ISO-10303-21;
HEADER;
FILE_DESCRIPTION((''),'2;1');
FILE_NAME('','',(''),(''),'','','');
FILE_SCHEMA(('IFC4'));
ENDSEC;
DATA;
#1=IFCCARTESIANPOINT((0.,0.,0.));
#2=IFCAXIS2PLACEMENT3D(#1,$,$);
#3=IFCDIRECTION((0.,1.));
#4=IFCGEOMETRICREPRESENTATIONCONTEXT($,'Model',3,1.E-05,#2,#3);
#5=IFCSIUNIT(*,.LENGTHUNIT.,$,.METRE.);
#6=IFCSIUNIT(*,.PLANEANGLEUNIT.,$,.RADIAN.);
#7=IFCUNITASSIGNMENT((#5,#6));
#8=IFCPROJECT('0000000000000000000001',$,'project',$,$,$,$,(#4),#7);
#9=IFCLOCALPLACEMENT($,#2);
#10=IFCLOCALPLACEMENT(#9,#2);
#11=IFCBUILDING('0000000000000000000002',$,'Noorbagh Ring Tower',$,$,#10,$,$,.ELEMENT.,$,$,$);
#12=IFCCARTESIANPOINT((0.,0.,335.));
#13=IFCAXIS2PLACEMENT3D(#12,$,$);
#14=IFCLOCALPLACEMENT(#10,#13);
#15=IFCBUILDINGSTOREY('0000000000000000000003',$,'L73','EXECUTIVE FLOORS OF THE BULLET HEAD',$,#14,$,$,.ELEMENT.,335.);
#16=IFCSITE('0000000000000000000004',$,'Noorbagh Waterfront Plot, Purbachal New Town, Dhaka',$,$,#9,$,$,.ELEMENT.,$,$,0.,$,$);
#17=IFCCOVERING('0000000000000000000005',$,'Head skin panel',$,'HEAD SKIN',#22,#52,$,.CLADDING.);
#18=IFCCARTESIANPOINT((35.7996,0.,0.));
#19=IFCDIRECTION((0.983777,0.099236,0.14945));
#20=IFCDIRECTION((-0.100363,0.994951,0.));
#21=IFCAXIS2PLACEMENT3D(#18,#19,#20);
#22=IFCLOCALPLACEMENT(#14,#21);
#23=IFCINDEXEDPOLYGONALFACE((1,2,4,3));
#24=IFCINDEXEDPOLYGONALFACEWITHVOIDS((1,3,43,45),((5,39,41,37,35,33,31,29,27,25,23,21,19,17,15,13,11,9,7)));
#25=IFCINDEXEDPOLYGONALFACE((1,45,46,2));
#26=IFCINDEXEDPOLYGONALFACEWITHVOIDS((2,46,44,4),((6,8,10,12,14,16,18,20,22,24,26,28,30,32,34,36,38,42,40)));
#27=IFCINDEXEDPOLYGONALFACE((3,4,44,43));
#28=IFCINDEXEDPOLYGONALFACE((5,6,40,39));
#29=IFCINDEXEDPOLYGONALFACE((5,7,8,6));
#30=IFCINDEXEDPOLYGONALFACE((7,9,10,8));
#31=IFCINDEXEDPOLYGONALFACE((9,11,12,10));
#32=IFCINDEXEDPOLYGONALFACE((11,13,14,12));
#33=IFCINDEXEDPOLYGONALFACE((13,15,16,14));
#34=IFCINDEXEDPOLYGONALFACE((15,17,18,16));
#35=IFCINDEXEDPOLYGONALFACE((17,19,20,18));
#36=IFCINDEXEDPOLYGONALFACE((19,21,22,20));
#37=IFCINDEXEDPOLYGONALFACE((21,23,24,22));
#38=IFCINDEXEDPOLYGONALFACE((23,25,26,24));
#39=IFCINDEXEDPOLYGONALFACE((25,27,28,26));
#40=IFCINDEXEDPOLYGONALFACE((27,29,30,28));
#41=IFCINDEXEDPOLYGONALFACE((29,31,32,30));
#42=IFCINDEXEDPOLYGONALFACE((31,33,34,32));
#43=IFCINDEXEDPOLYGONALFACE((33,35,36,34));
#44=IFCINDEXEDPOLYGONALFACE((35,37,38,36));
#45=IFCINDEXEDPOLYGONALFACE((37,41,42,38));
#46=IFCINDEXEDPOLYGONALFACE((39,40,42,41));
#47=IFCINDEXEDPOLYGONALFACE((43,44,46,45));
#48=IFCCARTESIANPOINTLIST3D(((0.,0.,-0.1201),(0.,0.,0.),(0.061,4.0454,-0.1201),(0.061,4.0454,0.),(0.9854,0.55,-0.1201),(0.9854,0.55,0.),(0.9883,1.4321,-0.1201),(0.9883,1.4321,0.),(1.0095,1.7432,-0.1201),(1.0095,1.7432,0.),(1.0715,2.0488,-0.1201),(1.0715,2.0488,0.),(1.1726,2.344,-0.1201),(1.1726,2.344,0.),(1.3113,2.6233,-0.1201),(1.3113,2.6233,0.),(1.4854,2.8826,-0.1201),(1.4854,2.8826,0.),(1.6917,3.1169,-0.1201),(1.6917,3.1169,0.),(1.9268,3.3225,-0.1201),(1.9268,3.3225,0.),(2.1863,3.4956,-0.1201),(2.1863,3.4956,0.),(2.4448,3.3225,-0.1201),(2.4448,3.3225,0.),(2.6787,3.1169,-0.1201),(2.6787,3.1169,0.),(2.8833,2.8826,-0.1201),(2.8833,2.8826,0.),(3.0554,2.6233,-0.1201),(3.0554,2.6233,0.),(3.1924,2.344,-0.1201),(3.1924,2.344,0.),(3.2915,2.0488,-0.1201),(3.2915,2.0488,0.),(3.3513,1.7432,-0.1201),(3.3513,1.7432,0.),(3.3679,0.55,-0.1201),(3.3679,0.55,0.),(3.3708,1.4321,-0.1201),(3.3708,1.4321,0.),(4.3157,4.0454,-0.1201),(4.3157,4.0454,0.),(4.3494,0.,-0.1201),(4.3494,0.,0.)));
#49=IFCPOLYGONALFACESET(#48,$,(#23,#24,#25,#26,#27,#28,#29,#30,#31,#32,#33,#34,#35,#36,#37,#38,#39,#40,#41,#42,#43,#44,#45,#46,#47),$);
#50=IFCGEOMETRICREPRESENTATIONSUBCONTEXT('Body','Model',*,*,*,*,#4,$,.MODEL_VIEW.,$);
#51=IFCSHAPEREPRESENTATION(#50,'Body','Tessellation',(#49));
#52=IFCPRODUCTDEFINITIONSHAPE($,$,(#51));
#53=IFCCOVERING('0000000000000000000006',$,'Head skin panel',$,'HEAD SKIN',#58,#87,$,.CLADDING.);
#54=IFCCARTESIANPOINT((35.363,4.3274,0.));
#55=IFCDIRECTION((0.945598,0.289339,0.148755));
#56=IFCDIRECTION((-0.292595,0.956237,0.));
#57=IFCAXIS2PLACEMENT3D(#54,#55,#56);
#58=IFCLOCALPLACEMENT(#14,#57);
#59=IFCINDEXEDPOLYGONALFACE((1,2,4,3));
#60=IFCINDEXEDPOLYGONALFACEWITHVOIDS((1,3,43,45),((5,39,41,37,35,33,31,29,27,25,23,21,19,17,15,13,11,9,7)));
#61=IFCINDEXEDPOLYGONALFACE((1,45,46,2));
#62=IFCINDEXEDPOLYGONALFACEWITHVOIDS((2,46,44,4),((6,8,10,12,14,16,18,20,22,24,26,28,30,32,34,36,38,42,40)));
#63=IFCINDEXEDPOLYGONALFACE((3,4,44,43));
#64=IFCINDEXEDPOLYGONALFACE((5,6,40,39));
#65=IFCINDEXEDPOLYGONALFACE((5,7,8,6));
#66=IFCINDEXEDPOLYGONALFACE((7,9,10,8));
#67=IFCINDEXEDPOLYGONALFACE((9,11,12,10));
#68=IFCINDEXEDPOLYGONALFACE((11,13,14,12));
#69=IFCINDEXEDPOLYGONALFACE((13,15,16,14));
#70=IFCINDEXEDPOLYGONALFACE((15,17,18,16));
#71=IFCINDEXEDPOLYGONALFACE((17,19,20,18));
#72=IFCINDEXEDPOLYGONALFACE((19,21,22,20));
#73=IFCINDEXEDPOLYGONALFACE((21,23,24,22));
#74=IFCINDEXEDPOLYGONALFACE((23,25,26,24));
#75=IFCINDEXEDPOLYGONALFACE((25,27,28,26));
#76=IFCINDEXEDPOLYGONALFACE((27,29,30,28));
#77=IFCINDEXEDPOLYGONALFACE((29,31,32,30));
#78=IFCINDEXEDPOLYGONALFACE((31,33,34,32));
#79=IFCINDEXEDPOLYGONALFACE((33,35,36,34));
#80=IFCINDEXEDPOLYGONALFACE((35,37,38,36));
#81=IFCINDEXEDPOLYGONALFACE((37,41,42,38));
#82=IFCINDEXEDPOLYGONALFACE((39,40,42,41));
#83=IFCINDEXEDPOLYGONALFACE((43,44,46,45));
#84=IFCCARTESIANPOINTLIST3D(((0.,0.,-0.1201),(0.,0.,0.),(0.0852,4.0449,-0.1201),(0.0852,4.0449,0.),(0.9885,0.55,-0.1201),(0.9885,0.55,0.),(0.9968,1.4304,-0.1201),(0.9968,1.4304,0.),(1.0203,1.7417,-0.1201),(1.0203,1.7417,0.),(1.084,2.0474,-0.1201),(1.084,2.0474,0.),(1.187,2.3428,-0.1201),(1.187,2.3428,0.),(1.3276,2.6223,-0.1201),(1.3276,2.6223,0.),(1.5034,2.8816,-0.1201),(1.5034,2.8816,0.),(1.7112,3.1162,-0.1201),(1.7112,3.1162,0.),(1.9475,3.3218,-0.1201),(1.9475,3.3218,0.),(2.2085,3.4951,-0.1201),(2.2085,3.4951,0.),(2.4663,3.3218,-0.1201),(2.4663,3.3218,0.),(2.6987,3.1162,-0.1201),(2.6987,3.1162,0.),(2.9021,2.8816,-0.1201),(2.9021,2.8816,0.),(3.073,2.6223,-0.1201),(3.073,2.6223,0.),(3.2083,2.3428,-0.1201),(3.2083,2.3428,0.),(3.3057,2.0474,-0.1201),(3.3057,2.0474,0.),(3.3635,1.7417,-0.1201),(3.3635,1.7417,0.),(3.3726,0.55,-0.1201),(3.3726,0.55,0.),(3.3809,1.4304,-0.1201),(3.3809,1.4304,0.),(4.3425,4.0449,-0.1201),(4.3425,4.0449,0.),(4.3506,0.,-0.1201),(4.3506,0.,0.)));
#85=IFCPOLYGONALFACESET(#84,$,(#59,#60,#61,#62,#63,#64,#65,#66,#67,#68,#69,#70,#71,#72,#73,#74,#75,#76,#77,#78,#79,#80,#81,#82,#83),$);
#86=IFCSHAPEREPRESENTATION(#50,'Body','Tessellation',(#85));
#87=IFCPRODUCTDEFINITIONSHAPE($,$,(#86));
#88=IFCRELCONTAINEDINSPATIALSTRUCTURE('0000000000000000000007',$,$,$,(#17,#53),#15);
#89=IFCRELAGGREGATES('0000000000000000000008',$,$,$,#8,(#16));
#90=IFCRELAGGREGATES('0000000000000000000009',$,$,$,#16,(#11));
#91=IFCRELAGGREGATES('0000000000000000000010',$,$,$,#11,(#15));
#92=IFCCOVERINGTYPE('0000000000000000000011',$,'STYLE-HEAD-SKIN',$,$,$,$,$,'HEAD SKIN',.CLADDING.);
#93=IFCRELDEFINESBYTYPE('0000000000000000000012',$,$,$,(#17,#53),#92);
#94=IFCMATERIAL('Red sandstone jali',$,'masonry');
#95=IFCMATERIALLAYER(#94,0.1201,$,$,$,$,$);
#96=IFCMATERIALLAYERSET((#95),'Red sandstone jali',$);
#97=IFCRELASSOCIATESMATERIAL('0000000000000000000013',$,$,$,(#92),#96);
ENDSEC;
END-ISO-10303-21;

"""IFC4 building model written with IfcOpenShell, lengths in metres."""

from ifc_helpers import new_model, si_unit, direction, frame, origin, place, context, subcontext, project, spatial, polyline, outline, extrude, material, layer, layer_set, type_object, element, save


model = new_model("IFC4")

# Units and contexts
model_context = context("Model", 3, precision=1e-05, world=origin(), true_north=direction((0.0, 1.0)))
body_context = subcontext(model_context, "Body", "Model", "MODEL_VIEW")
ifc_project = project(units=[si_unit("LENGTHUNIT", "METRE"), si_unit("PLANEANGLEUNIT", "RADIAN")], contexts=[model_context])

# Site, building, storey
site_placement = place(None, origin())
site = spatial("IfcSite", under=ifc_project, at=site_placement, Name="Noorbagh Waterfront Plot, Purbachal New Town, Dhaka", CompositionType="ELEMENT", RefElevation=0.0)
building_placement = place(site_placement, origin())
building = spatial("IfcBuilding", under=site, at=building_placement, Name="Noorbagh Ring Tower", CompositionType="ELEMENT")
storey_placement = place(building_placement, frame((0.0, 0.0, 335.0)))
storey = spatial("IfcBuildingStorey", under=building, at=storey_placement, Name="L73", Description="EXECUTIVE FLOORS OF THE BULLET HEAD", CompositionType="ELEMENT", Elevation=335.0)

# Coverings
ifc_material_1 = material(Name="Red sandstone jali", Category="masonry")
ifc_layer_1 = layer(ifc_material_1, 0.1201)
ifc_layer_set_1 = layer_set([ifc_layer_1], Name="Red sandstone jali")
covering_type_1 = type_object("IfcCoveringType", Name="STYLE-HEAD-SKIN", ElementType="HEAD SKIN", PredefinedType="CLADDING", material=ifc_layer_set_1)
covering_1_placement = place(storey_placement, frame((35.7996, 0.0, 0.0), z_axis=(0.983777, 0.099236, 0.14945), x_axis=(-0.100363, 0.994951, 0.0)))
element("IfcCovering", 1, at=covering_1_placement, inside=storey, type_object=covering_type_1, Name="Head skin panel", ObjectType="HEAD SKIN", PredefinedType="CLADDING", context=body_context, shape_type="SweptSolid", body=[
    extrude(outline(polyline([(0.0, 0.0), (4.3494, 0.0), (4.3157, 4.0454), (0.061, 4.0454), (0.0, 0.0)]), holes=[polyline([(0.9854, 0.55), (0.9883, 1.4321), (1.0095, 1.7432), (1.0715, 2.0488), (1.1726, 2.344), (1.3113, 2.6233), (1.4854, 2.8826), (1.6917, 3.1169), (1.9268, 3.3225), (2.1863, 3.4956), (2.4448, 3.3225), (2.6787, 3.1169), (2.8833, 2.8826), (3.0554, 2.6233), (3.1924, 2.344), (3.2915, 2.0488), (3.3513, 1.7432), (3.3708, 1.4321), (3.3679, 0.55), (0.9854, 0.55)])]), origin(), (0.0, 0.0, -1.0), 0.1201),
])
covering_2_placement = place(storey_placement, frame((35.363, 4.3274, 0.0), z_axis=(0.945598, 0.289339, 0.148755), x_axis=(-0.292595, 0.956237, 0.0)))
element("IfcCovering", 2, at=covering_2_placement, inside=storey, type_object=covering_type_1, Name="Head skin panel", ObjectType="HEAD SKIN", PredefinedType="CLADDING", context=body_context, shape_type="SweptSolid", body=[
    extrude(outline(polyline([(0.0, 0.0), (4.3506, 0.0), (4.3425, 4.0449), (0.0852, 4.0449), (0.0, 0.0)]), holes=[polyline([(0.9885, 0.55), (0.9968, 1.4304), (1.0203, 1.7417), (1.084, 2.0474), (1.187, 2.3428), (1.3276, 2.6223), (1.5034, 2.8816), (1.7112, 3.1162), (1.9475, 3.3218), (2.2085, 3.4951), (2.4663, 3.3218), (2.6987, 3.1162), (2.9021, 2.8816), (3.073, 2.6223), (3.2083, 2.3428), (3.3057, 2.0474), (3.3635, 1.7417), (3.3809, 1.4304), (3.3726, 0.55), (0.9885, 0.55)])]), origin(), (0.0, 0.0, -1.0), 0.1201),
])

save(model, "model.ifc")
